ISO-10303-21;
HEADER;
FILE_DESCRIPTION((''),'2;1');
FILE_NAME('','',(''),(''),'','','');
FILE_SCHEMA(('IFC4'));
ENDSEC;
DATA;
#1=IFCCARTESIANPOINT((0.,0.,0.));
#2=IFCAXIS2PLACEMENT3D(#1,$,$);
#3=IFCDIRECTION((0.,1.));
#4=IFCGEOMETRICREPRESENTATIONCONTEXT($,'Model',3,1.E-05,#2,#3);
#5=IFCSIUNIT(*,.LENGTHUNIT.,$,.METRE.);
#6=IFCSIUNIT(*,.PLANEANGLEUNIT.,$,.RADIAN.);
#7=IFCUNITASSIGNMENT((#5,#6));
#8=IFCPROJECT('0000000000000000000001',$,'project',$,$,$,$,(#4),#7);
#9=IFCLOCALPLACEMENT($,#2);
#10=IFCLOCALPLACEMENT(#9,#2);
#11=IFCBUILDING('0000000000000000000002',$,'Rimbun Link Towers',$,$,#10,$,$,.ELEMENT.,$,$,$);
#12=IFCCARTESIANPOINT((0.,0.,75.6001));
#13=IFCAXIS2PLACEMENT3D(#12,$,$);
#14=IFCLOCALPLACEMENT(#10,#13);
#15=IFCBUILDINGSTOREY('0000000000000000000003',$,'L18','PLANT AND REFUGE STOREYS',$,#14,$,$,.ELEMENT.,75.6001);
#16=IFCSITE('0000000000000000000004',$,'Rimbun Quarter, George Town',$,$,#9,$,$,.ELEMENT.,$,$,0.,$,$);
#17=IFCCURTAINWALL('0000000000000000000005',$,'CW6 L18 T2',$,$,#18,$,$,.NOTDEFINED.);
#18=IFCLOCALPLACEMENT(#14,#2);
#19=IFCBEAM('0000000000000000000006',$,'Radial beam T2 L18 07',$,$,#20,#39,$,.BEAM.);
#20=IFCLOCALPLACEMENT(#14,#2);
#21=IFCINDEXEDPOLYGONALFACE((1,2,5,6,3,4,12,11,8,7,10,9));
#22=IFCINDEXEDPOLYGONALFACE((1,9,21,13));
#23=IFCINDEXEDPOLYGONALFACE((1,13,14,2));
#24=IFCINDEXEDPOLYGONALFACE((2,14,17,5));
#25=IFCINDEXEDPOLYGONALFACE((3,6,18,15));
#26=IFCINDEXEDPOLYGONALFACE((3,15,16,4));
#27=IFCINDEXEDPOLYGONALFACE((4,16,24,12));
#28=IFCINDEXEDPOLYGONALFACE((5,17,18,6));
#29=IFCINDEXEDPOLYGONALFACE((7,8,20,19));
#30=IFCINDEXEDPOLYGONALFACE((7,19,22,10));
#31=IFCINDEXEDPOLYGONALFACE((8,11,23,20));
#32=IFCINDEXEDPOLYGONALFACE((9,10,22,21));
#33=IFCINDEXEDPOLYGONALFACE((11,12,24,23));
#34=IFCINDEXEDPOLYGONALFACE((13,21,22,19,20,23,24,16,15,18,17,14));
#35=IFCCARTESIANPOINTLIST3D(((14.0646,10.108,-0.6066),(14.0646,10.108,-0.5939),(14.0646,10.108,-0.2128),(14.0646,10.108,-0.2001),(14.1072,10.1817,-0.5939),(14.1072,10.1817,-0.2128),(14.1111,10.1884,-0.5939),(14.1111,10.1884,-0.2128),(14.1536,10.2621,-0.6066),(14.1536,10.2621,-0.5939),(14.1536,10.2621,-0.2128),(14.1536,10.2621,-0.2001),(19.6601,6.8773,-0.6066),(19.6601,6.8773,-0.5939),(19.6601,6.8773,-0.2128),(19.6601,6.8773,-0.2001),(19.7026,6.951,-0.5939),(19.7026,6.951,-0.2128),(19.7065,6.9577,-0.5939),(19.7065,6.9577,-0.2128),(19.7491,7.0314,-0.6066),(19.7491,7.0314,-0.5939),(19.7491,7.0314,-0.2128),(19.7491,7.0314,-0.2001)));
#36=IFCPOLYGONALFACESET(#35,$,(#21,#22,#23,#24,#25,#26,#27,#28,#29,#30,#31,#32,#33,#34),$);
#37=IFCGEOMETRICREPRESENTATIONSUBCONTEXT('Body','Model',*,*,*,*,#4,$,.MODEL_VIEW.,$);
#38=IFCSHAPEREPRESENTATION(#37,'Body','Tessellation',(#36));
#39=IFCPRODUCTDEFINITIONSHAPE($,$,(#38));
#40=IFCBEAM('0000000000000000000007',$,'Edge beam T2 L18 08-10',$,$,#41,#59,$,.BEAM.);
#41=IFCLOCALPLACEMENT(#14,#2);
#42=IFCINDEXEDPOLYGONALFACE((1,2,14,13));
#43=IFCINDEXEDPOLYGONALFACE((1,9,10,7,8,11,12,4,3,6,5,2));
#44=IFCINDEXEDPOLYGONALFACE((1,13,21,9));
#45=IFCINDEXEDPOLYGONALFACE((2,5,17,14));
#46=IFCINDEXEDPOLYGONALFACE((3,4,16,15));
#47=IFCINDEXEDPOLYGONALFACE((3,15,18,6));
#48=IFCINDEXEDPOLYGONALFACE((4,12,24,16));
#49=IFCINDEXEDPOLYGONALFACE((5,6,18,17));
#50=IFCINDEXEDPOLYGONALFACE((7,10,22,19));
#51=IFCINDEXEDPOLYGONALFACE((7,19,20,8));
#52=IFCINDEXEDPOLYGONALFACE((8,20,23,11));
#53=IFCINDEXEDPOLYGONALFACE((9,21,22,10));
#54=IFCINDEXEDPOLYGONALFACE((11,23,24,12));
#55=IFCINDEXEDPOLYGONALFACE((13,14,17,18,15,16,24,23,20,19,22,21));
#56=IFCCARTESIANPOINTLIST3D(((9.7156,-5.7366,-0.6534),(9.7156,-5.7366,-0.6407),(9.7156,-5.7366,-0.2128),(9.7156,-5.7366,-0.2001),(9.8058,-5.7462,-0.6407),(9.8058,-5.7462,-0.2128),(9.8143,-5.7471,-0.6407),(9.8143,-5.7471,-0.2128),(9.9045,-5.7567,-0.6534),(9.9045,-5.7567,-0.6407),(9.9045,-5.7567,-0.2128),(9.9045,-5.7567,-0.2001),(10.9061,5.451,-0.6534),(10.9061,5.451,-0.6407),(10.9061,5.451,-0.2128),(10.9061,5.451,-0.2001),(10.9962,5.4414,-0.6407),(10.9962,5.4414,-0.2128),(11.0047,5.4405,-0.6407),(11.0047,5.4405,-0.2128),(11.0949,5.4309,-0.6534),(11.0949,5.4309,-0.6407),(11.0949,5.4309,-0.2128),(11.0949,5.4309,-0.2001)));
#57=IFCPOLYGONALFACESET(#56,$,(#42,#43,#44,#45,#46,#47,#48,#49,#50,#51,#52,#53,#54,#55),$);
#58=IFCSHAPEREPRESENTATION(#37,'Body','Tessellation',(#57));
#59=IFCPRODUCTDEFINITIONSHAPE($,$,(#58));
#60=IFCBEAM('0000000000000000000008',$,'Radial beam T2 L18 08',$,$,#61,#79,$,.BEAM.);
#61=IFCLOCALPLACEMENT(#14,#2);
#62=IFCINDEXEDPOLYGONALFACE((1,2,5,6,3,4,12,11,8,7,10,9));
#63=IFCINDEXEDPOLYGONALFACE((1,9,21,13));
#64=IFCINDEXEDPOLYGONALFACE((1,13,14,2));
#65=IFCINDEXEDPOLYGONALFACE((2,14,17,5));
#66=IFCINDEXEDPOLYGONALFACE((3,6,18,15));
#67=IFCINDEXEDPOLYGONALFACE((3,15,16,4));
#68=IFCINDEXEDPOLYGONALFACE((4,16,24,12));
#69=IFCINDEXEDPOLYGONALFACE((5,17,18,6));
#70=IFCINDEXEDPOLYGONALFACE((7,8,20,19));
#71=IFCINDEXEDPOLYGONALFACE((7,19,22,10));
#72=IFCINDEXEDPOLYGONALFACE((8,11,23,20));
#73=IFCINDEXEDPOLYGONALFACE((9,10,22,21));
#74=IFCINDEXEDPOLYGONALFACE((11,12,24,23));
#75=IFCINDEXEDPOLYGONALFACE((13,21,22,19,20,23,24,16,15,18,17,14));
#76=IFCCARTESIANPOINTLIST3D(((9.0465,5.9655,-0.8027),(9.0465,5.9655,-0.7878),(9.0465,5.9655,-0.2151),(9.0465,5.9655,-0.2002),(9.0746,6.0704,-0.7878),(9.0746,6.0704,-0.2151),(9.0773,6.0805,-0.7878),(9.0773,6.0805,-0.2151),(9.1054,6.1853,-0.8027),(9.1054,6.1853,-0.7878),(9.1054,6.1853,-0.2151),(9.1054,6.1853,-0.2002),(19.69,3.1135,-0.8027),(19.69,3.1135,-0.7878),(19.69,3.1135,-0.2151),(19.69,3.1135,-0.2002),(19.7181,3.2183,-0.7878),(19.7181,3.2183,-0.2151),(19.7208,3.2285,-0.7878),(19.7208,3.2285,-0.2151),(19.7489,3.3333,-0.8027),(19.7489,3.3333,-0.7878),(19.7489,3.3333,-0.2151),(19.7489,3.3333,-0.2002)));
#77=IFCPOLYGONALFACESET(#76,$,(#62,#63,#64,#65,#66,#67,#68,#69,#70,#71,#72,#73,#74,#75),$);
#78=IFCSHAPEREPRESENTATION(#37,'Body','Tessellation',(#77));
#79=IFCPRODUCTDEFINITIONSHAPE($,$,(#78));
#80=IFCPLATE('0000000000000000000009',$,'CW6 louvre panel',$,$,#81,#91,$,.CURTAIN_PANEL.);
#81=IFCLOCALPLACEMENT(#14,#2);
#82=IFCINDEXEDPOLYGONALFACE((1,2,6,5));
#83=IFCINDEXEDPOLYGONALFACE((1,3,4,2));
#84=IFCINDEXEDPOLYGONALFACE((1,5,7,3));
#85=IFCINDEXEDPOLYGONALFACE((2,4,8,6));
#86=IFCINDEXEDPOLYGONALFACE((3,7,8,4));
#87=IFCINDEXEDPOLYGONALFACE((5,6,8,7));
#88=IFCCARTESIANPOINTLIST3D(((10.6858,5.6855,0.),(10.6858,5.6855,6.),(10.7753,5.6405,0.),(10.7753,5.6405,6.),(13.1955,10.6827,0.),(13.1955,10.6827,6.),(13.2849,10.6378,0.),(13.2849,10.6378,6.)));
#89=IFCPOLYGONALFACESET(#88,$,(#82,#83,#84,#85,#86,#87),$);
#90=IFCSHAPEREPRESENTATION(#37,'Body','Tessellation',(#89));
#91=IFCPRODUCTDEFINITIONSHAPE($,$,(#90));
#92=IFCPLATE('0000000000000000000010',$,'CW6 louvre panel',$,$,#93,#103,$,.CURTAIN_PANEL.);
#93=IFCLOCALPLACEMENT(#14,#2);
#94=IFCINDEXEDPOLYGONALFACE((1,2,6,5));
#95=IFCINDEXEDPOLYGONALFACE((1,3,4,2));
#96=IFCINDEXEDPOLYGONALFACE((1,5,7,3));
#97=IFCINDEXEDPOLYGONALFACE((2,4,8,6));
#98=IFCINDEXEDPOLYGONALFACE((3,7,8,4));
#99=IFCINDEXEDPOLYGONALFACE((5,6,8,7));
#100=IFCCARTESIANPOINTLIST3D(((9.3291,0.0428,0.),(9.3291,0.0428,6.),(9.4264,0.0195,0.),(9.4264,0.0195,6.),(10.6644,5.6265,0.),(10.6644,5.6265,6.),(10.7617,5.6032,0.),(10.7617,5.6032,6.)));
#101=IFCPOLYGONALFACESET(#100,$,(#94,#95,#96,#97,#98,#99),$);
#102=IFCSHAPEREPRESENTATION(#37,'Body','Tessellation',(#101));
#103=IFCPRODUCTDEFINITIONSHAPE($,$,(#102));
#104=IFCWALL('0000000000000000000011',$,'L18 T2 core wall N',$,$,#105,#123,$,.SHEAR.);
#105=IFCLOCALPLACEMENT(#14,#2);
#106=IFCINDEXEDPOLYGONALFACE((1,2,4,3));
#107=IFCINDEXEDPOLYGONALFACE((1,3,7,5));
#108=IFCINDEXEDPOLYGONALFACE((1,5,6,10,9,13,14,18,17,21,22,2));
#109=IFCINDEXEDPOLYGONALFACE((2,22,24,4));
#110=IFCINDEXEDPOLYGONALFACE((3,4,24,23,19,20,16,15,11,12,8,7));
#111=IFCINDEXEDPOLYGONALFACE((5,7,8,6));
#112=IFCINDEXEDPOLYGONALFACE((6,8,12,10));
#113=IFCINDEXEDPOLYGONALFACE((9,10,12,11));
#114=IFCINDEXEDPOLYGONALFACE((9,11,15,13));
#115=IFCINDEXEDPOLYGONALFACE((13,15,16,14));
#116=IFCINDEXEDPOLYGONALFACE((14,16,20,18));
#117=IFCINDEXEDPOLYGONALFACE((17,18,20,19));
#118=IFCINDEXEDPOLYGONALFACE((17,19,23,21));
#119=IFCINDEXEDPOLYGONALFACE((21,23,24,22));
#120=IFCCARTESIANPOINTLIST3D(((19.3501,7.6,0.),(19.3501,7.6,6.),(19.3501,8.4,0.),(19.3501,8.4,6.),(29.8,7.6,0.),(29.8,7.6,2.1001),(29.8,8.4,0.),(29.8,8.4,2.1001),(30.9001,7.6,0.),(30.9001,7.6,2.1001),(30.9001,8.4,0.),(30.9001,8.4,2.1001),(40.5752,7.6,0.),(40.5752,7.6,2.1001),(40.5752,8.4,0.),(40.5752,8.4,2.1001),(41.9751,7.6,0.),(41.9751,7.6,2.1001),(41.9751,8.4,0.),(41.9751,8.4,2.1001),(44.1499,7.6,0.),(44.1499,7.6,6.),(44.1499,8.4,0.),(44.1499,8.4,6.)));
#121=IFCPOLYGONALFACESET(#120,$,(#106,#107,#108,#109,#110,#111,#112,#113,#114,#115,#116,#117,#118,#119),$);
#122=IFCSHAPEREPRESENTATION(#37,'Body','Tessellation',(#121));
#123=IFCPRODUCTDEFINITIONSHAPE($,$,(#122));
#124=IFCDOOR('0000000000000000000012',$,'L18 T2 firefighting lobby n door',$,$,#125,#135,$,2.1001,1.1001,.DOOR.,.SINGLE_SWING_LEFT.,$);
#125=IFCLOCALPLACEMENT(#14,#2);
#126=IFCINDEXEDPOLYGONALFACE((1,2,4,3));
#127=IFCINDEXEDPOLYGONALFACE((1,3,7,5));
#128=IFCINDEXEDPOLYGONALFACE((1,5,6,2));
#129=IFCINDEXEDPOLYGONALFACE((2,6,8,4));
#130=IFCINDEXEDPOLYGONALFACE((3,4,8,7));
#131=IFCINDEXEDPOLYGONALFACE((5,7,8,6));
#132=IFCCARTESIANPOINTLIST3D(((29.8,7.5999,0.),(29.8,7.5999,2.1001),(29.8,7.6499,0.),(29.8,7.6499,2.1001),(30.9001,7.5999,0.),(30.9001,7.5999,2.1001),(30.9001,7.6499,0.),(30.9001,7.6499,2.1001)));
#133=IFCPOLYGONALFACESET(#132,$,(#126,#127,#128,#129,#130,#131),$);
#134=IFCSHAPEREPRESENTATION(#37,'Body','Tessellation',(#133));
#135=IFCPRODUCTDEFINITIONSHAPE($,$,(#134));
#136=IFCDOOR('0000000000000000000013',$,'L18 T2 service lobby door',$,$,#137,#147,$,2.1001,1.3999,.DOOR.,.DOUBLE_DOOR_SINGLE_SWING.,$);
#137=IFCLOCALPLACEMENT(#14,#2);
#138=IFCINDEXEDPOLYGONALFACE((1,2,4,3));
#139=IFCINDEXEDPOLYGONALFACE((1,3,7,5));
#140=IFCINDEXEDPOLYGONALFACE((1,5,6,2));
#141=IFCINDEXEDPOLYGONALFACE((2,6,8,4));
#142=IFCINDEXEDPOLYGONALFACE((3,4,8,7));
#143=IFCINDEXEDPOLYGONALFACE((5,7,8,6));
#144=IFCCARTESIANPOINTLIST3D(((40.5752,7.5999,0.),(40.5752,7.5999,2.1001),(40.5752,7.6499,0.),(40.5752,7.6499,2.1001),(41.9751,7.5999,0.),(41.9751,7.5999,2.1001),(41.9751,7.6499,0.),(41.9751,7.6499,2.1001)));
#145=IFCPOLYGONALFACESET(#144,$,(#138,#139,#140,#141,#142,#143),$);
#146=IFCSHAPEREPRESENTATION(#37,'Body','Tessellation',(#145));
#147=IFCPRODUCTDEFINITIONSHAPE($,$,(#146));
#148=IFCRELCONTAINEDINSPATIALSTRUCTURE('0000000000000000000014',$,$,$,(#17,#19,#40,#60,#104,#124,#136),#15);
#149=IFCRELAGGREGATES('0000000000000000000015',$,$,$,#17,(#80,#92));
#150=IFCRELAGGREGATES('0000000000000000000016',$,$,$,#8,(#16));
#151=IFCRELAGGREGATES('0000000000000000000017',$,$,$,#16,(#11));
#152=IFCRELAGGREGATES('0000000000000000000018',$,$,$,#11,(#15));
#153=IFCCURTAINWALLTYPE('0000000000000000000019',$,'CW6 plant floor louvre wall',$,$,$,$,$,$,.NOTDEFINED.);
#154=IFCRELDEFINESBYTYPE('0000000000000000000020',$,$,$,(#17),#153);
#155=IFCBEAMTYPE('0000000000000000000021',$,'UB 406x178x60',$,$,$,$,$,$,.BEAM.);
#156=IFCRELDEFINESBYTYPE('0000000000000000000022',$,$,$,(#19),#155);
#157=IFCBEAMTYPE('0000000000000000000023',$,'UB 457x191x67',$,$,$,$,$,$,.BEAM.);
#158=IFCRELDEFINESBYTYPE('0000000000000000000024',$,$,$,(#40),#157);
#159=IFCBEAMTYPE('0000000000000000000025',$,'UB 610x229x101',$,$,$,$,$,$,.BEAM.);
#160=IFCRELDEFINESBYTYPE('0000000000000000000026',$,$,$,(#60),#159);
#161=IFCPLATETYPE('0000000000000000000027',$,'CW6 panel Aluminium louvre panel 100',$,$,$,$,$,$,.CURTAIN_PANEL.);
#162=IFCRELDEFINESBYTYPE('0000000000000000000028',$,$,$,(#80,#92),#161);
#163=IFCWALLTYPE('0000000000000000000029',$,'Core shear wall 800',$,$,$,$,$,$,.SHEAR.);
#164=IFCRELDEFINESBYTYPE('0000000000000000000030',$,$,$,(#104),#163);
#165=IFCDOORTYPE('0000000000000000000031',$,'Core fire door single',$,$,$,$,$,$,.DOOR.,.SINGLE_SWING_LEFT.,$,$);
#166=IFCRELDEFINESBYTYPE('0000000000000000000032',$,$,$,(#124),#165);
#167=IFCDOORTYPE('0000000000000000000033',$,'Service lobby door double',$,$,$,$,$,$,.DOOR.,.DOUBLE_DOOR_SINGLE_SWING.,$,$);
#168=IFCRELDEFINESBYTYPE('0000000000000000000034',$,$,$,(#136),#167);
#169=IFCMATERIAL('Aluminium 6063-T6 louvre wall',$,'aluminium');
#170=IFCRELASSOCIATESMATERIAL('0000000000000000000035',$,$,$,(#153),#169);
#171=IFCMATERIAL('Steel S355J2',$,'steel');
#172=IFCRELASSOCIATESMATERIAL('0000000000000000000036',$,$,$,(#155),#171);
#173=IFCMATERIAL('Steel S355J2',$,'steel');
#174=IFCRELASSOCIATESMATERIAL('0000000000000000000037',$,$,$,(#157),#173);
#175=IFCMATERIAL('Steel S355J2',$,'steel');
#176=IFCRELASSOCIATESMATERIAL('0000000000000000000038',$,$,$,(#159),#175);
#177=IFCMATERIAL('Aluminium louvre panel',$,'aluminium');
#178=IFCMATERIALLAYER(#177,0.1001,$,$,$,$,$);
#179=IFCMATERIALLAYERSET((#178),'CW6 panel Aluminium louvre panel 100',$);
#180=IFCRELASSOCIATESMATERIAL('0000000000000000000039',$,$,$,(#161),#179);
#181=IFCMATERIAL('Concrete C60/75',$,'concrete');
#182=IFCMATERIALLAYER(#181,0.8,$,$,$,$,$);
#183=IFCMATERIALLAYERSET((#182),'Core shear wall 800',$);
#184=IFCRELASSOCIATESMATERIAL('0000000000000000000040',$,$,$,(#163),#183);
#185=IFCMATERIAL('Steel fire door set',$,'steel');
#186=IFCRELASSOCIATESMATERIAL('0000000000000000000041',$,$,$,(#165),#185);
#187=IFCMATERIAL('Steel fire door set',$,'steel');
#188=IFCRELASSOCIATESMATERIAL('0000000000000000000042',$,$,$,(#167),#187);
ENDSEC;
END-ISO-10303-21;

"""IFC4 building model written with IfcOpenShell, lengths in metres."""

from ifc_helpers import new_model, si_unit, direction, frame, frame_2d, origin, origin_2d, place, context, subcontext, project, spatial, rectangle, i_section, extrude, material, layer, layer_set, material_profile, profile_set, type_object, element, fill, aggregate, save


model = new_model("IFC4")

# Units and contexts
model_context = context("Model", 3, precision=1e-05, world=origin(), true_north=direction((0.0, 1.0)))
body_context = subcontext(model_context, "Body", "Model", "MODEL_VIEW")
ifc_project = project(units=[si_unit("LENGTHUNIT", "METRE"), si_unit("PLANEANGLEUNIT", "RADIAN")], contexts=[model_context])

# Site, building, storey
site_placement = place(None, origin())
site = spatial("IfcSite", under=ifc_project, at=site_placement, Name="Rimbun Quarter, George Town", CompositionType="ELEMENT", RefElevation=0.0)
building_placement = place(site_placement, origin())
building = spatial("IfcBuilding", under=site, at=building_placement, Name="Rimbun Link Towers", CompositionType="ELEMENT")
storey_placement = place(building_placement, frame((0.0, 0.0, 75.6001)))
storey = spatial("IfcBuildingStorey", under=building, at=storey_placement, Name="L18", Description="PLANT AND REFUGE STOREYS", CompositionType="ELEMENT", Elevation=75.6001)

# Curtain wall
ifc_material_1 = material(Name="Aluminium 6063-T6 louvre wall", Category="aluminium")
curtain_wall_type = type_object("IfcCurtainWallType", Name="CW6 plant floor louvre wall", PredefinedType="NOTDEFINED", material=ifc_material_1)
curtain_wall_placement = place(storey_placement, origin())
curtain_wall = element("IfcCurtainWall", 1, at=curtain_wall_placement, inside=storey, type_object=curtain_wall_type, Name="CW6 L18 T2", PredefinedType="NOTDEFINED")

# Beams
ifc_material_2 = material(Name="Steel S355J2", Category="steel")
ifc_material_profile_1 = material_profile(ifc_material_2, i_section(OverallWidth=0.178, OverallDepth=0.4065, WebThickness=0.0078, FlangeThickness=0.0127, at=origin_2d()), Name="UB 406x178x60")
ifc_profile_set_1 = profile_set([ifc_material_profile_1], Name="Steel S355J2")
beam_type_1 = type_object("IfcBeamType", Name="UB 406x178x60", PredefinedType="BEAM", material=ifc_profile_set_1)
beam_1_placement = place(storey_placement, frame((19.7046, 6.9543, -0.4033), z_axis=(-0.866014, 0.50002, 0.0), x_axis=(-0.50002, -0.866014, 0.0)))
element("IfcBeam", 2, at=beam_1_placement, inside=storey, type_object=beam_type_1, Name="Radial beam T2 L18 07", PredefinedType="BEAM", context=body_context, shape_type="SweptSolid", body=[
    extrude(i_section(OverallWidth=0.178, OverallDepth=0.4065, WebThickness=0.0078, FlangeThickness=0.0127, at=origin_2d()), origin(), (0.0, 0.0, 1.0), 6.4612),
])
ifc_material_3 = material(Name="Steel S355J2", Category="steel")
ifc_material_profile_2 = material_profile(ifc_material_3, i_section(OverallWidth=0.1899, OverallDepth=0.4534, WebThickness=0.0085, FlangeThickness=0.0127, at=origin_2d()), Name="UB 457x191x67")
ifc_profile_set_2 = profile_set([ifc_material_profile_2], Name="Steel S355J2")
beam_type_2 = type_object("IfcBeamType", Name="UB 457x191x67", PredefinedType="BEAM", material=ifc_profile_set_2)
beam_2_placement = place(storey_placement, frame((11.0005, 5.4409, -0.4268), z_axis=(-0.10581, -0.994386, 0.0), x_axis=(0.994386, -0.10581, 0.0)))
element("IfcBeam", 3, at=beam_2_placement, inside=storey, type_object=beam_type_2, Name="Edge beam T2 L18 08-10", PredefinedType="BEAM", context=body_context, shape_type="SweptSolid", body=[
    extrude(i_section(OverallWidth=0.1899, OverallDepth=0.4534, WebThickness=0.0085, FlangeThickness=0.0127, at=origin_2d()), origin(), (0.0, 0.0, 1.0), 11.2507),
])
ifc_material_4 = material(Name="Steel S355J2", Category="steel")
ifc_material_profile_3 = material_profile(ifc_material_4, i_section(OverallWidth=0.2275, OverallDepth=0.6025, WebThickness=0.0105, FlangeThickness=0.0149, at=origin_2d()), Name="UB 610x229x101")
ifc_profile_set_3 = profile_set([ifc_material_profile_3], Name="Steel S355J2")
beam_type_3 = type_object("IfcBeamType", Name="UB 610x229x101", PredefinedType="BEAM", material=ifc_profile_set_3)
beam_3_placement = place(storey_placement, frame((19.7195, 3.2234, -0.5015), z_axis=(-0.965923, 0.258829, 0.0), x_axis=(-0.258829, -0.965923, 0.0)))
element("IfcBeam", 4, at=beam_3_placement, inside=storey, type_object=beam_type_3, Name="Radial beam T2 L18 08", PredefinedType="BEAM", context=body_context, shape_type="SweptSolid", body=[
    extrude(i_section(OverallWidth=0.2275, OverallDepth=0.6025, WebThickness=0.0105, FlangeThickness=0.0149, at=origin_2d()), origin(), (0.0, 0.0, 1.0), 11.019),
])

# Plates
ifc_material_5 = material(Name="Aluminium louvre panel", Category="aluminium")
ifc_layer_1 = layer(ifc_material_5, 0.1001)
ifc_layer_set_1 = layer_set([ifc_layer_1], Name="CW6 panel Aluminium louvre panel 100")
plate_type = type_object("IfcPlateType", Name="CW6 panel Aluminium louvre panel 100", PredefinedType="CURTAIN_PANEL", material=ifc_layer_set_1)
plate_1_placement = place(storey_placement, frame((11.9854, 8.1616, 0.0), z_axis=(0.0, 0.0, 1.0), x_axis=(0.44879, 0.893637, 0.0)))
plate_1 = element("IfcPlate", 5, at=plate_1_placement, type_object=plate_type, Name="CW6 louvre panel", PredefinedType="CURTAIN_PANEL", context=body_context, shape_type="SweptSolid", body=[
    extrude(rectangle(XDim=5.592, YDim=0.1001, at=origin_2d()), origin(), (0.0, 0.0, 1.0), 6.0),
])
plate_2_placement = place(storey_placement, frame((10.0454, 2.823, 0.0), z_axis=(0.0, 0.0, 1.0), x_axis=(0.232584, 0.972576, 0.0)))
plate_2 = element("IfcPlate", 6, at=plate_2_placement, type_object=plate_type, Name="CW6 louvre panel", PredefinedType="CURTAIN_PANEL", context=body_context, shape_type="SweptSolid", body=[
    extrude(rectangle(XDim=5.7412, YDim=0.1001, at=origin_2d()), origin(), (0.0, 0.0, 1.0), 6.0),
])
aggregate(curtain_wall, [plate_1, plate_2])

# Wall, openings, doors
ifc_material_6 = material(Name="Concrete C60/75", Category="concrete")
ifc_layer_2 = layer(ifc_material_6, 0.8)
ifc_layer_set_2 = layer_set([ifc_layer_2], Name="Core shear wall 800")
wall_type_1 = type_object("IfcWallType", Name="Core shear wall 800", PredefinedType="SHEAR", material=ifc_layer_set_2)
wall_1_placement = place(storey_placement, frame((19.3501, 8.0, 0.0), z_axis=(0.0, 0.0, 1.0), x_axis=(1.0, 0.0, 0.0)))
wall_1 = element("IfcWall", 7, at=wall_1_placement, inside=storey, type_object=wall_type_1, Name="L18 T2 core wall N", PredefinedType="SHEAR", context=body_context, shape_type="SweptSolid", body=[
    extrude(rectangle(XDim=24.7998, YDim=0.8, at=frame_2d((12.3999, 0.0))), origin(), (0.0, 0.0, 1.0), 6.0),
])
opening_1_placement = place(wall_1_placement, frame((10.45, 0.0, 0.0)))
opening_1 = element("IfcOpeningElement", 8, at=opening_1_placement, cuts=wall_1, PredefinedType="OPENING", context=body_context, shape_type="SweptSolid", body=[
    extrude(rectangle(XDim=1.1001, YDim=2.1001, at=frame_2d((0.55, 1.05))), frame((0.0, 0.4099, 0.0), z_axis=(0.0, -1.0, 0.0), x_axis=(1.0, 0.0, 0.0)), (0.0, 0.0, 1.0), 0.8201),
])
opening_2_placement = place(wall_1_placement, frame((21.2251, 0.0, 0.0)))
opening_2 = element("IfcOpeningElement", 9, at=opening_2_placement, cuts=wall_1, PredefinedType="OPENING", context=body_context, shape_type="SweptSolid", body=[
    extrude(rectangle(XDim=1.3999, YDim=2.1001, at=frame_2d((0.7, 1.05))), frame((0.0, 0.4099, 0.0), z_axis=(0.0, -1.0, 0.0), x_axis=(1.0, 0.0, 0.0)), (0.0, 0.0, 1.0), 0.8201),
])
ifc_material_7 = material(Name="Steel fire door set", Category="steel")
door_type_1 = type_object("IfcDoorType", Name="Core fire door single", OperationType="SINGLE_SWING_LEFT", PredefinedType="DOOR", material=ifc_material_7)
door_1_placement = place(opening_1_placement, origin())
door_1 = element("IfcDoor", 10, at=door_1_placement, inside=storey, type_object=door_type_1, Name="L18 T2 firefighting lobby n door", OperationType="SINGLE_SWING_LEFT", OverallHeight=2.1001, OverallWidth=1.1001, PredefinedType="DOOR", context=body_context, shape_type="SweptSolid", body=[
    extrude(rectangle(XDim=1.1001, YDim=2.1001, at=frame_2d((0.55, 1.05))), frame((0.0, -0.3501, 0.0), z_axis=(0.0, -1.0, 0.0), x_axis=(1.0, 0.0, 0.0)), (0.0, 0.0, 1.0), 0.05),
])
fill(opening_1, door_1)
ifc_material_8 = material(Name="Steel fire door set", Category="steel")
door_type_2 = type_object("IfcDoorType", Name="Service lobby door double", OperationType="DOUBLE_DOOR_SINGLE_SWING", PredefinedType="DOOR", material=ifc_material_8)
door_2_placement = place(opening_2_placement, origin())
door_2 = element("IfcDoor", 11, at=door_2_placement, inside=storey, type_object=door_type_2, Name="L18 T2 service lobby door", OperationType="DOUBLE_DOOR_SINGLE_SWING", OverallHeight=2.1001, OverallWidth=1.3999, PredefinedType="DOOR", context=body_context, shape_type="SweptSolid", body=[
    extrude(rectangle(XDim=1.3999, YDim=2.1001, at=frame_2d((0.7, 1.05))), frame((0.0, -0.3501, 0.0), z_axis=(0.0, -1.0, 0.0), x_axis=(1.0, 0.0, 0.0)), (0.0, 0.0, 1.0), 0.05),
])
fill(opening_2, door_2)

save(model, "model.ifc")
